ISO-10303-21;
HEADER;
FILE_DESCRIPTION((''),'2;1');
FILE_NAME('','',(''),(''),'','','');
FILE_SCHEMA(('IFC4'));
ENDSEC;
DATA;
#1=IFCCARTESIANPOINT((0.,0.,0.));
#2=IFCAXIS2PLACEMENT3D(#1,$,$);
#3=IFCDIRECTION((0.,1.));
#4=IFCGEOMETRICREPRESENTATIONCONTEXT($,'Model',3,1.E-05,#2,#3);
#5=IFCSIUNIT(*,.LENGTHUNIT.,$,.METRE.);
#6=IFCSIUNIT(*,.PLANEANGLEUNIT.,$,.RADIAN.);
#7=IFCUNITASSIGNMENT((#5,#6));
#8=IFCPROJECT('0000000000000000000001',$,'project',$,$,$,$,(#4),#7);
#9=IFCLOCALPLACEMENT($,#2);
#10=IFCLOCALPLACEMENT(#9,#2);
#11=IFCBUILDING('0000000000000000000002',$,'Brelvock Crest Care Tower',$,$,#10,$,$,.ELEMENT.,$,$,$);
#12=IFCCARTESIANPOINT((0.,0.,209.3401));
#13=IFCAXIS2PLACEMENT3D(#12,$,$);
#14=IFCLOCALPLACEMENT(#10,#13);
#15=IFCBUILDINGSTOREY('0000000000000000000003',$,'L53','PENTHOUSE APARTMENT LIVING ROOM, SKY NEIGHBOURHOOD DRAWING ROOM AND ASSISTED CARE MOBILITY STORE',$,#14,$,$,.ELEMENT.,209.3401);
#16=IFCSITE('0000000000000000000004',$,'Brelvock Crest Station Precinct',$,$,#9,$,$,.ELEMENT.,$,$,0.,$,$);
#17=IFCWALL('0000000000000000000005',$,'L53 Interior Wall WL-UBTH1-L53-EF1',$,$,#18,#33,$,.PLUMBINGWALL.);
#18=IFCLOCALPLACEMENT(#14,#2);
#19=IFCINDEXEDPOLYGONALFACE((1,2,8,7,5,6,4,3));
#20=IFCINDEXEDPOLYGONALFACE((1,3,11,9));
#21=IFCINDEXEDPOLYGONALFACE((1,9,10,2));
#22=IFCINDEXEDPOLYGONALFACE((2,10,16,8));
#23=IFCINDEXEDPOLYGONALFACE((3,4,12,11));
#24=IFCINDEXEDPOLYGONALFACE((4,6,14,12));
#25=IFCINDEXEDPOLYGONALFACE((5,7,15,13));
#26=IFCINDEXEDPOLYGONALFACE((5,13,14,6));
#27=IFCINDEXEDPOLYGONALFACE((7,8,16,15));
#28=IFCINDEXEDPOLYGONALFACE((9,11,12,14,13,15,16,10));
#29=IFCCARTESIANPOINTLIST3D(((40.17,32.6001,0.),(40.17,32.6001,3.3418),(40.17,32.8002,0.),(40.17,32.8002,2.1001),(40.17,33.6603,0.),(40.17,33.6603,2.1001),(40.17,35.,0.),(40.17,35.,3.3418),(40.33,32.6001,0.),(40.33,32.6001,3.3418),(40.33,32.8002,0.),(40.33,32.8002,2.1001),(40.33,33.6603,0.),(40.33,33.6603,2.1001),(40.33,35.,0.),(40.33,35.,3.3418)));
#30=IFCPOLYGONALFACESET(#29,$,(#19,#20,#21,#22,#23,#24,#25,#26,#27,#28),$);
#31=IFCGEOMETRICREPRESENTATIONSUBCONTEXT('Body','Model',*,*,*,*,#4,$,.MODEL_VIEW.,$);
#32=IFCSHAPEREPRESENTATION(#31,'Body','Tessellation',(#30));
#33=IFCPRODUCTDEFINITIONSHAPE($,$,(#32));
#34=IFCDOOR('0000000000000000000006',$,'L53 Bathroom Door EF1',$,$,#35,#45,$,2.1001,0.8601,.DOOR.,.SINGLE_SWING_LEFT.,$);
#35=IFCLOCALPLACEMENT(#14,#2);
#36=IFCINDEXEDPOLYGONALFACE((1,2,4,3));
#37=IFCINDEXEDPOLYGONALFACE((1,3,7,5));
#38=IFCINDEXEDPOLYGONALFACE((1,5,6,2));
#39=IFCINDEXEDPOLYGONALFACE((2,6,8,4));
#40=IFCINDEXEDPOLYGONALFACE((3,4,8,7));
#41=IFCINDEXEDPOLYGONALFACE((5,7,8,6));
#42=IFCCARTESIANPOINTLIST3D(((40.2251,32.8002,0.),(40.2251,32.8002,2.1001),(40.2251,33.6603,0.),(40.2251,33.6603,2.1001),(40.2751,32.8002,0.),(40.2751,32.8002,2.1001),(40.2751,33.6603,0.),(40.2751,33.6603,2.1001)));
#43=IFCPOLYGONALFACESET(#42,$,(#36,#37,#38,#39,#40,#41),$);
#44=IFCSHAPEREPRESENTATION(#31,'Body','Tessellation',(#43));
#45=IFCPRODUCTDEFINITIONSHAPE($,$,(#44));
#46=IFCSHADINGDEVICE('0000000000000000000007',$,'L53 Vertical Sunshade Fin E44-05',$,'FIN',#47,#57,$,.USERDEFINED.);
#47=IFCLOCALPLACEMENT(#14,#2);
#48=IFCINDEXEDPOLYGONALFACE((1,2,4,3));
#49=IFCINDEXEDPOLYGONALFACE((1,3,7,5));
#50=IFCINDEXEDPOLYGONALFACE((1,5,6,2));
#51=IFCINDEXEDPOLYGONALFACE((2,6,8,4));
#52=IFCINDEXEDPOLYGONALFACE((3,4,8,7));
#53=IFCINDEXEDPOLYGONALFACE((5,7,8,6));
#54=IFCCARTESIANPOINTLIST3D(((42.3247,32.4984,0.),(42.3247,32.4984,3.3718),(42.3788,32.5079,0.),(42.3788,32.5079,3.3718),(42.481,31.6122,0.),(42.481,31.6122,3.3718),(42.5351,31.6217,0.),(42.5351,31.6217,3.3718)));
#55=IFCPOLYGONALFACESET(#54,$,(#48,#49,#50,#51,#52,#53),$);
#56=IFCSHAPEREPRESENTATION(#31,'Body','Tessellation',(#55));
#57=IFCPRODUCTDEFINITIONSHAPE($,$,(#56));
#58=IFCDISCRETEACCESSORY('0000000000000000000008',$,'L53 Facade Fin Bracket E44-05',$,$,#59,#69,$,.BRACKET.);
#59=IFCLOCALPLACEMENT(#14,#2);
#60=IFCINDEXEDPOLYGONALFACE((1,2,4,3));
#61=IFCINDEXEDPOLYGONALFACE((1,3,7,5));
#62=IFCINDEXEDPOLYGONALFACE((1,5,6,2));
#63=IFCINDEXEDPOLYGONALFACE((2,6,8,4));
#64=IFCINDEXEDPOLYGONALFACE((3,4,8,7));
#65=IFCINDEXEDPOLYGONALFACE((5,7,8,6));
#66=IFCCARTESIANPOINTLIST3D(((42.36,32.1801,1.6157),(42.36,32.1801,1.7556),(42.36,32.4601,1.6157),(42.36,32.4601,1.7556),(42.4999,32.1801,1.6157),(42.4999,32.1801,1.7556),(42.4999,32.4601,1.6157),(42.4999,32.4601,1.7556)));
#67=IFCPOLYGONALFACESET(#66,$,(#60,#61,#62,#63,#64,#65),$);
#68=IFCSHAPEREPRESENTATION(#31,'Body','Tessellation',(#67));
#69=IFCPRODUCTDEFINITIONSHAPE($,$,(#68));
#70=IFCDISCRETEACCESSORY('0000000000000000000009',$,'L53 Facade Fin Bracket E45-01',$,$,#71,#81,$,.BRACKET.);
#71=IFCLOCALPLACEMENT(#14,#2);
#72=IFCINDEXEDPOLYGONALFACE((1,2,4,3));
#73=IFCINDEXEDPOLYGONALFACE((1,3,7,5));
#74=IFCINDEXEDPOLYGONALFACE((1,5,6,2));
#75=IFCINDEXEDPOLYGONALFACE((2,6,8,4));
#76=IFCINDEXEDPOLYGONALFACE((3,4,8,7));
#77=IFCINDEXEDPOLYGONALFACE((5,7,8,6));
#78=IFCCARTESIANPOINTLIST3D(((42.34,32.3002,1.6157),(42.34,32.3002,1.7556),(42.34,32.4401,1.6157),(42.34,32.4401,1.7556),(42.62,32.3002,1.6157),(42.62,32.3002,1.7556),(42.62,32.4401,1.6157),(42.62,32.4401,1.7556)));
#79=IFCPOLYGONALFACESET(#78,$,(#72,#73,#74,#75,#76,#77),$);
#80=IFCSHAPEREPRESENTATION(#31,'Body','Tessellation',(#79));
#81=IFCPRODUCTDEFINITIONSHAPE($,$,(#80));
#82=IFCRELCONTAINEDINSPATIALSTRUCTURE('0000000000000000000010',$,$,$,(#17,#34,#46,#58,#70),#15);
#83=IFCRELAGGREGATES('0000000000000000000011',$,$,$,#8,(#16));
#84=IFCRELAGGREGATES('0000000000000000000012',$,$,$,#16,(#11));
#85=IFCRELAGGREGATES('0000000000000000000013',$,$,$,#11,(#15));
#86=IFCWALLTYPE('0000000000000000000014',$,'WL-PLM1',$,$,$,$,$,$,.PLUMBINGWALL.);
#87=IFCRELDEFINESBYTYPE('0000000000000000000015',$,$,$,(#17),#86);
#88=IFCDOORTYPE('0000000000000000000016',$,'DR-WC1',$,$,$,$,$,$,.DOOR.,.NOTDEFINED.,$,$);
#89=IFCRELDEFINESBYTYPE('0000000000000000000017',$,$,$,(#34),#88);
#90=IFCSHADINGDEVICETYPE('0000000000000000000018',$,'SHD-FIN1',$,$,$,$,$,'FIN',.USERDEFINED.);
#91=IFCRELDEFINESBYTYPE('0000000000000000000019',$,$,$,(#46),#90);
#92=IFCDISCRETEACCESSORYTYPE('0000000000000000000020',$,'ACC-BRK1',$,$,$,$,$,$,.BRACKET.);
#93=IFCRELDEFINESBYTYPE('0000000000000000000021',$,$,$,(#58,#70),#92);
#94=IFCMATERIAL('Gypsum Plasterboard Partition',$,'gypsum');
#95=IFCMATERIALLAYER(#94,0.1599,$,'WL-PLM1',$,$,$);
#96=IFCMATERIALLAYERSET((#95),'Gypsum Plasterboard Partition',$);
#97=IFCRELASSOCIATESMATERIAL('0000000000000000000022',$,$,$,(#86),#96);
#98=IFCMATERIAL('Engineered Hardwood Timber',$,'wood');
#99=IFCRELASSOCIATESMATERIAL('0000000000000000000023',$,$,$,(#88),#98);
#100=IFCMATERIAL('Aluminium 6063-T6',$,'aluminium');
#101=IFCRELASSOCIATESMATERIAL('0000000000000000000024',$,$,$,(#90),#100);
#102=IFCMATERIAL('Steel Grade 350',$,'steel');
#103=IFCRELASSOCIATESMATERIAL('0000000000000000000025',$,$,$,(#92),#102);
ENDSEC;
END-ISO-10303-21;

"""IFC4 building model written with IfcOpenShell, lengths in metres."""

from ifc_helpers import new_model, si_unit, direction, frame, frame_2d, origin, origin_2d, place, context, subcontext, project, spatial, rectangle, extrude, source, transform, mapped, material, layer, layer_set, material_profile, profile_set, type_object, element, fill, save


model = new_model("IFC4")

# Units and contexts
model_context = context("Model", 3, precision=1e-05, world=origin(), true_north=direction((0.0, 1.0)))
body_context = subcontext(model_context, "Body", "Model", "MODEL_VIEW")
ifc_project = project(units=[si_unit("LENGTHUNIT", "METRE"), si_unit("PLANEANGLEUNIT", "RADIAN")], contexts=[model_context])

# Site, building, storey
site_placement = place(None, origin())
site = spatial("IfcSite", under=ifc_project, at=site_placement, Name="Brelvock Crest Station Precinct", CompositionType="ELEMENT", RefElevation=0.0)
building_placement = place(site_placement, origin())
building = spatial("IfcBuilding", under=site, at=building_placement, Name="Brelvock Crest Care Tower", CompositionType="ELEMENT")
storey_placement = place(building_placement, frame((0.0, 0.0, 209.3401)))
storey = spatial("IfcBuildingStorey", under=building, at=storey_placement, Name="L53", Description="PENTHOUSE APARTMENT LIVING ROOM, SKY NEIGHBOURHOOD DRAWING ROOM AND ASSISTED CARE MOBILITY STORE", CompositionType="ELEMENT", Elevation=209.3401)

# Shared definitions
ifc_material_1 = material(Name="Steel Grade 350", Category="steel")

# Shared definitions
ifc_material_2 = material(Name="Aluminium 6063-T6", Category="aluminium")

# Shared definitions
ifc_material_3 = material(Name="Engineered Hardwood Timber", Category="wood")

# Shared definitions
ifc_material_4 = material(Name="Gypsum Plasterboard Partition", Category="gypsum")
ifc_layer_1 = layer(ifc_material_4, 0.1599, Name="WL-PLM1")
ifc_layer_set_1 = layer_set([ifc_layer_1], Name="Gypsum Plasterboard Partition")
wall_type_1 = type_object("IfcWallType", Name="WL-PLM1", PredefinedType="PLUMBINGWALL", material=ifc_layer_set_1)

# Wall, opening, door
wall_1_placement = place(storey_placement, frame((40.25, 32.6001, 0.0), z_axis=(0.0, 0.0, 1.0), x_axis=(0.0, 1.0, 0.0)))
wall_1 = element("IfcWall", 1, at=wall_1_placement, inside=storey, type_object=wall_type_1, Name="L53 Interior Wall WL-UBTH1-L53-EF1", PredefinedType="PLUMBINGWALL", context=body_context, shape_type="SweptSolid", body=[
    extrude(rectangle(XDim=2.3999, YDim=0.1599, at=frame_2d((1.2, 0.0))), origin(), (0.0, 0.0, 1.0), 3.3418),
])
opening_1_placement = place(wall_1_placement, frame((0.2, 0.0, 0.0)))
opening_1 = element("IfcOpeningElement", 2, at=opening_1_placement, cuts=wall_1, PredefinedType="OPENING", context=body_context, shape_type="SweptSolid", body=[
    extrude(rectangle(XDim=0.8601, YDim=2.1001, at=origin_2d()), frame((0.4302, 0.0898, 1.05), z_axis=(0.0, -1.0, 0.0), x_axis=(1.0, 0.0, 0.0)), (0.0, 0.0, 1.0), 0.1799),
])
door_type_1 = type_object("IfcDoorType", Name="DR-WC1", OperationType="NOTDEFINED", PredefinedType="DOOR", material=ifc_material_3)
shared_shape_1 = source(origin(), body_context, "Body", "SweptSolid", [
    extrude(rectangle(XDim=0.8601, YDim=2.1001, at=origin_2d()), frame((0.4302, 0.0249, 1.05), z_axis=(0.0, -1.0, 0.0), x_axis=(1.0, 0.0, 0.0)), (0.0, 0.0, 1.0), 0.05),
])
door_1_placement = place(opening_1_placement, origin())
door_1 = element("IfcDoor", 3, at=door_1_placement, inside=storey, type_object=door_type_1, Name="L53 Bathroom Door EF1", OperationType="SINGLE_SWING_LEFT", OverallHeight=2.1001, OverallWidth=0.8601, PredefinedType="DOOR", context=body_context, shape_type="MappedRepresentation", body=[
    mapped(shared_shape_1, transform((0.0, 0.0, 0.0), x_axis=(1.0, 0.0, 0.0), y_axis=(0.0, 1.0, 0.0), z_axis=(0.0, 0.0, 1.0), scale=1.0)),
])
fill(opening_1, door_1)

# Shading device
ifc_material_profile_1 = material_profile(ifc_material_2, rectangle(XDim=0.0549, YDim=0.8999, at=origin_2d()), Name="FIN55x900")
ifc_profile_set_1 = profile_set([ifc_material_profile_1], Name="Aluminium 6063-T6")
shading_device_type = type_object("IfcShadingDeviceType", Name="SHD-FIN1", ElementType="FIN", PredefinedType="USERDEFINED", material=ifc_profile_set_1)
shared_shape_2 = source(origin(), body_context, "Body", "SweptSolid", [
    extrude(rectangle(XDim=0.0549, YDim=0.8999, at=origin_2d()), origin(), (0.0, 0.0, 1.0), 3.3718),
])
shading_device_placement = place(storey_placement, frame((42.4299, 32.0601, 0.0), z_axis=(0.0, 0.0, 1.0), x_axis=(-0.984808, -0.173648, 0.0)))
element("IfcShadingDevice", 4, at=shading_device_placement, inside=storey, type_object=shading_device_type, Name="L53 Vertical Sunshade Fin E44-05", ObjectType="FIN", PredefinedType="USERDEFINED", context=body_context, shape_type="MappedRepresentation", body=[
    mapped(shared_shape_2, transform((0.0, 0.0, 0.0), x_axis=(1.0, 0.0, 0.0), y_axis=(0.0, 1.0, 0.0), z_axis=(0.0, 0.0, 1.0), scale=1.0)),
])

# Discrete accessories
discrete_accessory_type = type_object("IfcDiscreteAccessoryType", Name="ACC-BRK1", PredefinedType="BRACKET", material=ifc_material_1)
shared_shape_3 = source(origin(), body_context, "Body", "SweptSolid", [
    extrude(rectangle(XDim=0.28, YDim=0.1399, at=origin_2d()), origin(), (0.0, 0.0, 1.0), 0.1399),
])
for number, where, z_axis, x_axis, name in (
    (5, (42.4299, 32.3201, 1.6157), (0.0, 0.0, 1.0), (0.0, -1.0, 0.0), "L53 Facade Fin Bracket E44-05"),
    (6, (42.48, 32.3701, 1.6157), (0.0, 0.0, 1.0), (1.0, 0.0, 0.0), "L53 Facade Fin Bracket E45-01"),
):
    element("IfcDiscreteAccessory", number, at=place(storey_placement, frame(where, z_axis=z_axis, x_axis=x_axis)), inside=storey, type_object=discrete_accessory_type, Name=name, PredefinedType="BRACKET", context=body_context, shape_type="MappedRepresentation", body=[
        mapped(shared_shape_3, transform((0.0, 0.0, 0.0), x_axis=(1.0, 0.0, 0.0), y_axis=(0.0, 1.0, 0.0), z_axis=(0.0, 0.0, 1.0), scale=1.0)),
    ])

save(model, "model.ifc")
